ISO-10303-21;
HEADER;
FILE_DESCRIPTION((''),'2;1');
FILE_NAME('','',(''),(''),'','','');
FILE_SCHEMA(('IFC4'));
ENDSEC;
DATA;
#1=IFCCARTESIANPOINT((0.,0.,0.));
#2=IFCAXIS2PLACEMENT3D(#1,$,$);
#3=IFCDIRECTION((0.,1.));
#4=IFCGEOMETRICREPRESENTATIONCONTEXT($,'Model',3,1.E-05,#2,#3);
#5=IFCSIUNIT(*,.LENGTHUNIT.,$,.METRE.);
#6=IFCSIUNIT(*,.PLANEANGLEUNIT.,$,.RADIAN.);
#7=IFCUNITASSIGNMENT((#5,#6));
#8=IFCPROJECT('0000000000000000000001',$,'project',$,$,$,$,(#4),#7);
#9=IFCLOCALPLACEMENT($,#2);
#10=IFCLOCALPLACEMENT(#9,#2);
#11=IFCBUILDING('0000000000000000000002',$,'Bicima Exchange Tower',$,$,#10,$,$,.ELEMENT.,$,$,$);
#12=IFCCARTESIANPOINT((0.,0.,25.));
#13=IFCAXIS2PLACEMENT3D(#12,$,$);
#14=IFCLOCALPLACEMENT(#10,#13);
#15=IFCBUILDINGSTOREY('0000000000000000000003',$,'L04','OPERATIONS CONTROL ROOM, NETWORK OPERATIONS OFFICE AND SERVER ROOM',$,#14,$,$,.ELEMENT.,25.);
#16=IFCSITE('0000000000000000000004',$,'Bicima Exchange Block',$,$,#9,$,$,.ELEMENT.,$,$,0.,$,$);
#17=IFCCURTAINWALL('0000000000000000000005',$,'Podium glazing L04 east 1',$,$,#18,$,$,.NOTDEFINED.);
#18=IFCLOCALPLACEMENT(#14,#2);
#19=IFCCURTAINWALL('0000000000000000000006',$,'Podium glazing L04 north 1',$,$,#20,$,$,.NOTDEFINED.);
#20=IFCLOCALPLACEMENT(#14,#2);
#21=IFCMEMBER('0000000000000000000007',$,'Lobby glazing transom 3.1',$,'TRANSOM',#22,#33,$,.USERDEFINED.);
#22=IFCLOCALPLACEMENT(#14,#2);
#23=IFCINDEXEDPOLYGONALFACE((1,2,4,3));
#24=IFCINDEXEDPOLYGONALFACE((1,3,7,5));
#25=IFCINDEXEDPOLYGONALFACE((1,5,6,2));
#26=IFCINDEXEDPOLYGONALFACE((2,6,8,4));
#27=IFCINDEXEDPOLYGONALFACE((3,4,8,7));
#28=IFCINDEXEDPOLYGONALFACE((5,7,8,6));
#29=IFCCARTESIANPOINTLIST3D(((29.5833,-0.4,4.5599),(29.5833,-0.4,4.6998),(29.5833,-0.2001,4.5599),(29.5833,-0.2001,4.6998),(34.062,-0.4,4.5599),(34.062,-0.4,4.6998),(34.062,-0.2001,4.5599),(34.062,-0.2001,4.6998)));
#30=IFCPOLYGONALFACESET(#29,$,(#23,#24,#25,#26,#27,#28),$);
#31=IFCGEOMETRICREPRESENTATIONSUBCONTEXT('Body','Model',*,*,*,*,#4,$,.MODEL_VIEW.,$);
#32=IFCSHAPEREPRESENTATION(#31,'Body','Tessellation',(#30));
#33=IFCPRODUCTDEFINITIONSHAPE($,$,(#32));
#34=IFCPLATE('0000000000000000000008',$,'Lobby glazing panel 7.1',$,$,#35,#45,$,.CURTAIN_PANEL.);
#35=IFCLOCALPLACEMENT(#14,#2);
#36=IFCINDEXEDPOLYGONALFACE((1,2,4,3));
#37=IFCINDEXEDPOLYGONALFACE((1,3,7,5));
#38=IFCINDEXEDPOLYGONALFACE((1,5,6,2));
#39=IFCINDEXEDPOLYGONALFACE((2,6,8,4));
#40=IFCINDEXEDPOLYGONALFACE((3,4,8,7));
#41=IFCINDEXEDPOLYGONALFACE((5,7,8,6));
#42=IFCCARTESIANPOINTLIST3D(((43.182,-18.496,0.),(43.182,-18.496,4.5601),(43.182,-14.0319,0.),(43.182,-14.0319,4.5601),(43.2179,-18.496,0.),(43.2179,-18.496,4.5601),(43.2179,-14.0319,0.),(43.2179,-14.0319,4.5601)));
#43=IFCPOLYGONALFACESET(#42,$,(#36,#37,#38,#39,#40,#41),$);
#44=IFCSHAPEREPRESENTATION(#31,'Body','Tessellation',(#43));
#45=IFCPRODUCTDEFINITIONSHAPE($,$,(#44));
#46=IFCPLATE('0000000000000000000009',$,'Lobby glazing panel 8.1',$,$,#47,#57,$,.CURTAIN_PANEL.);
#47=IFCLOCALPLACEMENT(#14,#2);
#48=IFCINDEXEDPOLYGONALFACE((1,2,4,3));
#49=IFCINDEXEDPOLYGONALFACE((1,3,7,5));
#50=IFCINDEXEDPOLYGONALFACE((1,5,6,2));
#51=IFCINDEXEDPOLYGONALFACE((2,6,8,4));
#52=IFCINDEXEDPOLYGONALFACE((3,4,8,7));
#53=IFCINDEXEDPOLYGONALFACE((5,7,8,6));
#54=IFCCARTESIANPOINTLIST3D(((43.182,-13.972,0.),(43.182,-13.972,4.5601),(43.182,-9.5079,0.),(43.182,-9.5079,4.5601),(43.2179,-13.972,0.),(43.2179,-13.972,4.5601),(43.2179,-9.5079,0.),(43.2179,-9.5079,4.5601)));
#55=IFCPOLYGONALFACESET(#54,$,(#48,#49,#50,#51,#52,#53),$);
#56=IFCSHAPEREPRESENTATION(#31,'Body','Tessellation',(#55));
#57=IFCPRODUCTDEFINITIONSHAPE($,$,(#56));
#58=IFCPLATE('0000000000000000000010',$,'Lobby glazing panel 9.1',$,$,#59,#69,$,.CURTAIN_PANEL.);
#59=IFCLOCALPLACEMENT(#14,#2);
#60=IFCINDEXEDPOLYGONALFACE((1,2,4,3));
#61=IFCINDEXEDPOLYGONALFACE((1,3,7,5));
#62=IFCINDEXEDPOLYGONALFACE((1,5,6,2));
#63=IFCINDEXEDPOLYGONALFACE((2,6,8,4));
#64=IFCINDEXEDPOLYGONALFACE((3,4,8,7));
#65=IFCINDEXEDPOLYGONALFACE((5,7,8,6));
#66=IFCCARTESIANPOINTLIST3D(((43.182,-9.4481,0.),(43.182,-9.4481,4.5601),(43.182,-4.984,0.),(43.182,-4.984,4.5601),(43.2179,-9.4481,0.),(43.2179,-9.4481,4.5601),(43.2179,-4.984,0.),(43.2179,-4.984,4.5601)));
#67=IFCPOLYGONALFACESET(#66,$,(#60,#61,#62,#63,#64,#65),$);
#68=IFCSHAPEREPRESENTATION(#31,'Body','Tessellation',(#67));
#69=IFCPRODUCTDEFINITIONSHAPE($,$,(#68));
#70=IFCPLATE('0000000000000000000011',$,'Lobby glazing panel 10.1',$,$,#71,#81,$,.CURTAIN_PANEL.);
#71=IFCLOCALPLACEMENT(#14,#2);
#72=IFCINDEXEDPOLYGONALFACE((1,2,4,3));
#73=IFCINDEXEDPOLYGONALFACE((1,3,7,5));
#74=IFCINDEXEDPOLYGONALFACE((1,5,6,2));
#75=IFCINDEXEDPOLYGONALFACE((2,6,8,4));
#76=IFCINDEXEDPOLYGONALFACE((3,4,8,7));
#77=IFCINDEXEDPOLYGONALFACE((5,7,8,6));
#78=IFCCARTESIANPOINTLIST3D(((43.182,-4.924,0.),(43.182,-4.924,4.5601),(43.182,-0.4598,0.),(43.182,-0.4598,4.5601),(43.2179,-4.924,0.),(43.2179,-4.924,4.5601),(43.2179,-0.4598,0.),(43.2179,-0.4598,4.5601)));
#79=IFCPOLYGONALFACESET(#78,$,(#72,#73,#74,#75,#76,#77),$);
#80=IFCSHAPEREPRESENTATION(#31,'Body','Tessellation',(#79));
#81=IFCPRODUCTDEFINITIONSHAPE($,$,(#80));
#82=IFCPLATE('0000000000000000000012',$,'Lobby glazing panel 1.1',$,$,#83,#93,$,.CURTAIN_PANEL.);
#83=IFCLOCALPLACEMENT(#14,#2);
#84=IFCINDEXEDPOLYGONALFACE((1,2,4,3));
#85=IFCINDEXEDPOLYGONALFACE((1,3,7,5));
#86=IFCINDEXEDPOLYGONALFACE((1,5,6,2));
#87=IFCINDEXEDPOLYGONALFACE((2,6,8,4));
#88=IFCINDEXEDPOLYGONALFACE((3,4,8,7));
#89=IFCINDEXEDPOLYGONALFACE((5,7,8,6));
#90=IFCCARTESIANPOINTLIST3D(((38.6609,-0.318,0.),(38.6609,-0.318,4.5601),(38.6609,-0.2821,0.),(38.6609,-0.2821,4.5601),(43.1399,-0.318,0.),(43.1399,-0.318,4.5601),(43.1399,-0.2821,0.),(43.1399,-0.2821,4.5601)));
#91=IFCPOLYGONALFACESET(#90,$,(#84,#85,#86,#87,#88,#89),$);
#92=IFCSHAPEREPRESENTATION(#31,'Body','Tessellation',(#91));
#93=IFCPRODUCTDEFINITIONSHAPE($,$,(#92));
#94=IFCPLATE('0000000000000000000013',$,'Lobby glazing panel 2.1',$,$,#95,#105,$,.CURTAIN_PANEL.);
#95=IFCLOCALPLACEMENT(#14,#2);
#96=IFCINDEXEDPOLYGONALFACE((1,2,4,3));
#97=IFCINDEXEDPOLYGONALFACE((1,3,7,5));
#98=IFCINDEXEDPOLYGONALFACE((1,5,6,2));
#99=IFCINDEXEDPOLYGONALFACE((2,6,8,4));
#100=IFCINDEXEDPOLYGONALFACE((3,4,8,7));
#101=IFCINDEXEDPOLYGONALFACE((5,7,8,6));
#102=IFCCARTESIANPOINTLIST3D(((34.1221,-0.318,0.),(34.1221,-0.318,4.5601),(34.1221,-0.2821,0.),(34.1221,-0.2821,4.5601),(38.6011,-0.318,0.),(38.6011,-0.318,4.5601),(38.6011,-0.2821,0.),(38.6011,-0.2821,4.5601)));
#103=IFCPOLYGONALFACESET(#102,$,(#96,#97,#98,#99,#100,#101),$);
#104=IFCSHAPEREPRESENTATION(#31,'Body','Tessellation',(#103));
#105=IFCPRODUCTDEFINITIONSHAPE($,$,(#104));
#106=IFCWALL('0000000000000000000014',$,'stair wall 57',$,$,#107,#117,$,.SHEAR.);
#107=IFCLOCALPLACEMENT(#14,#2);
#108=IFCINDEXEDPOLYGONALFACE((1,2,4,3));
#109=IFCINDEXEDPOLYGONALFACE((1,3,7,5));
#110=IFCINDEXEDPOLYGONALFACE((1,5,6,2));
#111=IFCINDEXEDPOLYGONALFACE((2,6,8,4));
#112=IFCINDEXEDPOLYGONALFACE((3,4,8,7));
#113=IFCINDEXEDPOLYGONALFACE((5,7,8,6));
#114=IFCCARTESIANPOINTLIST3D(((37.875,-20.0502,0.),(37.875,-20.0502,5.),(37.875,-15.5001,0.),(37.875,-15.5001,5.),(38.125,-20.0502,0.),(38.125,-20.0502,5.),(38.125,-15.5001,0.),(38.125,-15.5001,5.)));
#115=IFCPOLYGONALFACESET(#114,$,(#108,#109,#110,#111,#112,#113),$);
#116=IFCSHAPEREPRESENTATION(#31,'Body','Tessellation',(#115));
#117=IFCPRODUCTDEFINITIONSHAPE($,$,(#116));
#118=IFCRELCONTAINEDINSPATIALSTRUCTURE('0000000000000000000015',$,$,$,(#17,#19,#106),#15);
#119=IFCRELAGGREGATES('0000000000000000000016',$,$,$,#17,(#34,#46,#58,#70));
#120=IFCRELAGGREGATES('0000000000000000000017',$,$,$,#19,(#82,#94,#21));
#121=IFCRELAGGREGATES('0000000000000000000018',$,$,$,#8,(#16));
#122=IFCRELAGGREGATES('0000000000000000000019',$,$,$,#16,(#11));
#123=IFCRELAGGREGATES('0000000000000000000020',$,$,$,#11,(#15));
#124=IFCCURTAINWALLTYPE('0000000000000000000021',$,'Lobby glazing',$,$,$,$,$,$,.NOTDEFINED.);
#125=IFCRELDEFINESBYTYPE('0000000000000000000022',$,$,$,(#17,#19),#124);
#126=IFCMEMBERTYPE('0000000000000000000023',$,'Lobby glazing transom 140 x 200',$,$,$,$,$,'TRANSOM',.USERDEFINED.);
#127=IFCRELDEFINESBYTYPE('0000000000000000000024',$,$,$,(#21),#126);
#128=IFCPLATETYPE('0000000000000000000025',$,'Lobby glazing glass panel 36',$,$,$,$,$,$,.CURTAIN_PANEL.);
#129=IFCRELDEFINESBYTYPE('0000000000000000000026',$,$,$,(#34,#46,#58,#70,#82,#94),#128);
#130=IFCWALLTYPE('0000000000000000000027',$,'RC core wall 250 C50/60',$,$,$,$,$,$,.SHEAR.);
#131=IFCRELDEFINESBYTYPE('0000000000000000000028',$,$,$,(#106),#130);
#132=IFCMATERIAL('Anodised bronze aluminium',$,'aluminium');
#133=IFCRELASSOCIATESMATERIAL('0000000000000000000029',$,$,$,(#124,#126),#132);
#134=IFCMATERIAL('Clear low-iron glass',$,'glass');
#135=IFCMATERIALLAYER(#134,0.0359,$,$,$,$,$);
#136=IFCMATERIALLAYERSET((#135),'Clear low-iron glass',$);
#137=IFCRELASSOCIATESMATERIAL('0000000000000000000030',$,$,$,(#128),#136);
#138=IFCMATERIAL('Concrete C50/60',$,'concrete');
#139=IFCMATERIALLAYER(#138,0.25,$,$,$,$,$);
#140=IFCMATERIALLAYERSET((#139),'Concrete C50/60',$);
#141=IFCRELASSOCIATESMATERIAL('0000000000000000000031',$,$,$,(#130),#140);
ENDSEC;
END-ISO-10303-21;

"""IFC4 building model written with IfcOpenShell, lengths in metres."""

from ifc_helpers import new_model, si_unit, direction, frame, frame_2d, origin, origin_2d, place, context, subcontext, project, spatial, rectangle, extrude, material, layer, layer_set, material_profile, profile_set, type_object, element, aggregate, save


model = new_model("IFC4")

# Units and contexts
model_context = context("Model", 3, precision=1e-05, world=origin(), true_north=direction((0.0, 1.0)))
body_context = subcontext(model_context, "Body", "Model", "MODEL_VIEW")
ifc_project = project(units=[si_unit("LENGTHUNIT", "METRE"), si_unit("PLANEANGLEUNIT", "RADIAN")], contexts=[model_context])

# Site, building, storey
site_placement = place(None, origin())
site = spatial("IfcSite", under=ifc_project, at=site_placement, Name="Bicima Exchange Block", CompositionType="ELEMENT", RefElevation=0.0)
building_placement = place(site_placement, origin())
building = spatial("IfcBuilding", under=site, at=building_placement, Name="Bicima Exchange Tower", CompositionType="ELEMENT")
storey_placement = place(building_placement, frame((0.0, 0.0, 25.0)))
storey = spatial("IfcBuildingStorey", under=building, at=storey_placement, Name="L04", Description="OPERATIONS CONTROL ROOM, NETWORK OPERATIONS OFFICE AND SERVER ROOM", CompositionType="ELEMENT", Elevation=25.0)

# Curtain walls
ifc_material_1 = material(Name="Anodised bronze aluminium", Category="aluminium")
curtain_wall_type = type_object("IfcCurtainWallType", Name="Lobby glazing", PredefinedType="NOTDEFINED", material=ifc_material_1)
curtain_wall_1_placement = place(storey_placement, origin())
curtain_wall_1 = element("IfcCurtainWall", 1, at=curtain_wall_1_placement, inside=storey, type_object=curtain_wall_type, Name="Podium glazing L04 east 1", PredefinedType="NOTDEFINED")
curtain_wall_2_placement = place(storey_placement, origin())
curtain_wall_2 = element("IfcCurtainWall", 2, at=curtain_wall_2_placement, inside=storey, type_object=curtain_wall_type, Name="Podium glazing L04 north 1", PredefinedType="NOTDEFINED")

# Member
ifc_material_profile_1 = material_profile(ifc_material_1, rectangle(XDim=0.2, YDim=0.1399, at=origin_2d()))
ifc_profile_set_1 = profile_set([ifc_material_profile_1], Name="Anodised bronze aluminium")
member_type_1 = type_object("IfcMemberType", Name="Lobby glazing transom 140 x 200", ElementType="TRANSOM", PredefinedType="USERDEFINED", material=ifc_profile_set_1)
member_1_placement = place(storey_placement, frame((34.062, -0.3, 4.6299), z_axis=(-1.0, 0.0, 0.0), x_axis=(0.0, -1.0, 0.0)))
member_1 = element("IfcMember", 3, at=member_1_placement, type_object=member_type_1, Name="Lobby glazing transom 3.1", ObjectType="TRANSOM", PredefinedType="USERDEFINED", context=body_context, shape_type="SweptSolid", body=[
    extrude(rectangle(XDim=0.2, YDim=0.1399, at=origin_2d()), origin(), (0.0, 0.0, 1.0), 4.4788),
])

# Plates
ifc_material_2 = material(Name="Clear low-iron glass", Category="glass")
ifc_layer_1 = layer(ifc_material_2, 0.0359)
ifc_layer_set_1 = layer_set([ifc_layer_1], Name="Clear low-iron glass")
plate_type = type_object("IfcPlateType", Name="Lobby glazing glass panel 36", PredefinedType="CURTAIN_PANEL", material=ifc_layer_set_1)
plate_1_placement = place(storey_placement, frame((43.2, -16.2639, 0.0), z_axis=(0.0, 0.0, 1.0), x_axis=(0.0, 1.0, 0.0)))
plate_1 = element("IfcPlate", 4, at=plate_1_placement, type_object=plate_type, Name="Lobby glazing panel 7.1", PredefinedType="CURTAIN_PANEL", context=body_context, shape_type="SweptSolid", body=[
    extrude(rectangle(XDim=4.4641, YDim=0.0359, at=origin_2d()), origin(), (0.0, 0.0, 1.0), 4.5601),
])
plate_2_placement = place(storey_placement, frame((43.2, -11.74, 0.0), z_axis=(0.0, 0.0, 1.0), x_axis=(0.0, 1.0, 0.0)))
plate_2 = element("IfcPlate", 5, at=plate_2_placement, type_object=plate_type, Name="Lobby glazing panel 8.1", PredefinedType="CURTAIN_PANEL", context=body_context, shape_type="SweptSolid", body=[
    extrude(rectangle(XDim=4.4641, YDim=0.0359, at=origin_2d()), origin(), (0.0, 0.0, 1.0), 4.5601),
])
plate_3_placement = place(storey_placement, frame((43.2, -7.2161, 0.0), z_axis=(0.0, 0.0, 1.0), x_axis=(0.0, 1.0, 0.0)))
plate_3 = element("IfcPlate", 6, at=plate_3_placement, type_object=plate_type, Name="Lobby glazing panel 9.1", PredefinedType="CURTAIN_PANEL", context=body_context, shape_type="SweptSolid", body=[
    extrude(rectangle(XDim=4.4641, YDim=0.0359, at=origin_2d()), origin(), (0.0, 0.0, 1.0), 4.5601),
])
plate_4_placement = place(storey_placement, frame((43.2, -2.6919, 0.0), z_axis=(0.0, 0.0, 1.0), x_axis=(0.0, 1.0, 0.0)))
plate_4 = element("IfcPlate", 7, at=plate_4_placement, type_object=plate_type, Name="Lobby glazing panel 10.1", PredefinedType="CURTAIN_PANEL", context=body_context, shape_type="SweptSolid", body=[
    extrude(rectangle(XDim=4.4641, YDim=0.0359, at=origin_2d()), origin(), (0.0, 0.0, 1.0), 4.5601),
])
aggregate(curtain_wall_1, [plate_1, plate_2, plate_3, plate_4])
plate_5_placement = place(storey_placement, frame((40.9004, -0.3, 0.0), z_axis=(0.0, 0.0, 1.0), x_axis=(-1.0, 0.0, 0.0)))
plate_5 = element("IfcPlate", 8, at=plate_5_placement, type_object=plate_type, Name="Lobby glazing panel 1.1", PredefinedType="CURTAIN_PANEL", context=body_context, shape_type="SweptSolid", body=[
    extrude(rectangle(XDim=4.479, YDim=0.0359, at=origin_2d()), origin(), (0.0, 0.0, 1.0), 4.5601),
])
plate_6_placement = place(storey_placement, frame((36.3616, -0.3, 0.0), z_axis=(0.0, 0.0, 1.0), x_axis=(-1.0, 0.0, 0.0)))
plate_6 = element("IfcPlate", 9, at=plate_6_placement, type_object=plate_type, Name="Lobby glazing panel 2.1", PredefinedType="CURTAIN_PANEL", context=body_context, shape_type="SweptSolid", body=[
    extrude(rectangle(XDim=4.479, YDim=0.0359, at=origin_2d()), origin(), (0.0, 0.0, 1.0), 4.5601),
])
aggregate(curtain_wall_2, [plate_5, plate_6, member_1])

# Wall
ifc_material_3 = material(Name="Concrete C50/60", Category="concrete")
ifc_layer_2 = layer(ifc_material_3, 0.25)
ifc_layer_set_2 = layer_set([ifc_layer_2], Name="Concrete C50/60")
wall_type = type_object("IfcWallType", Name="RC core wall 250 C50/60", PredefinedType="SHEAR", material=ifc_layer_set_2)
wall_placement = place(storey_placement, frame((38.0, -20.05, 0.0), z_axis=(0.0, 0.0, 1.0), x_axis=(0.0, 1.0, 0.0)))
element("IfcWall", 10, at=wall_placement, inside=storey, type_object=wall_type, Name="stair wall 57", PredefinedType="SHEAR", context=body_context, shape_type="SweptSolid", body=[
    extrude(rectangle(XDim=4.55, YDim=0.25, at=frame_2d((2.2749, 0.0))), origin(), (0.0, 0.0, 1.0), 5.0),
])

save(model, "model.ifc")
